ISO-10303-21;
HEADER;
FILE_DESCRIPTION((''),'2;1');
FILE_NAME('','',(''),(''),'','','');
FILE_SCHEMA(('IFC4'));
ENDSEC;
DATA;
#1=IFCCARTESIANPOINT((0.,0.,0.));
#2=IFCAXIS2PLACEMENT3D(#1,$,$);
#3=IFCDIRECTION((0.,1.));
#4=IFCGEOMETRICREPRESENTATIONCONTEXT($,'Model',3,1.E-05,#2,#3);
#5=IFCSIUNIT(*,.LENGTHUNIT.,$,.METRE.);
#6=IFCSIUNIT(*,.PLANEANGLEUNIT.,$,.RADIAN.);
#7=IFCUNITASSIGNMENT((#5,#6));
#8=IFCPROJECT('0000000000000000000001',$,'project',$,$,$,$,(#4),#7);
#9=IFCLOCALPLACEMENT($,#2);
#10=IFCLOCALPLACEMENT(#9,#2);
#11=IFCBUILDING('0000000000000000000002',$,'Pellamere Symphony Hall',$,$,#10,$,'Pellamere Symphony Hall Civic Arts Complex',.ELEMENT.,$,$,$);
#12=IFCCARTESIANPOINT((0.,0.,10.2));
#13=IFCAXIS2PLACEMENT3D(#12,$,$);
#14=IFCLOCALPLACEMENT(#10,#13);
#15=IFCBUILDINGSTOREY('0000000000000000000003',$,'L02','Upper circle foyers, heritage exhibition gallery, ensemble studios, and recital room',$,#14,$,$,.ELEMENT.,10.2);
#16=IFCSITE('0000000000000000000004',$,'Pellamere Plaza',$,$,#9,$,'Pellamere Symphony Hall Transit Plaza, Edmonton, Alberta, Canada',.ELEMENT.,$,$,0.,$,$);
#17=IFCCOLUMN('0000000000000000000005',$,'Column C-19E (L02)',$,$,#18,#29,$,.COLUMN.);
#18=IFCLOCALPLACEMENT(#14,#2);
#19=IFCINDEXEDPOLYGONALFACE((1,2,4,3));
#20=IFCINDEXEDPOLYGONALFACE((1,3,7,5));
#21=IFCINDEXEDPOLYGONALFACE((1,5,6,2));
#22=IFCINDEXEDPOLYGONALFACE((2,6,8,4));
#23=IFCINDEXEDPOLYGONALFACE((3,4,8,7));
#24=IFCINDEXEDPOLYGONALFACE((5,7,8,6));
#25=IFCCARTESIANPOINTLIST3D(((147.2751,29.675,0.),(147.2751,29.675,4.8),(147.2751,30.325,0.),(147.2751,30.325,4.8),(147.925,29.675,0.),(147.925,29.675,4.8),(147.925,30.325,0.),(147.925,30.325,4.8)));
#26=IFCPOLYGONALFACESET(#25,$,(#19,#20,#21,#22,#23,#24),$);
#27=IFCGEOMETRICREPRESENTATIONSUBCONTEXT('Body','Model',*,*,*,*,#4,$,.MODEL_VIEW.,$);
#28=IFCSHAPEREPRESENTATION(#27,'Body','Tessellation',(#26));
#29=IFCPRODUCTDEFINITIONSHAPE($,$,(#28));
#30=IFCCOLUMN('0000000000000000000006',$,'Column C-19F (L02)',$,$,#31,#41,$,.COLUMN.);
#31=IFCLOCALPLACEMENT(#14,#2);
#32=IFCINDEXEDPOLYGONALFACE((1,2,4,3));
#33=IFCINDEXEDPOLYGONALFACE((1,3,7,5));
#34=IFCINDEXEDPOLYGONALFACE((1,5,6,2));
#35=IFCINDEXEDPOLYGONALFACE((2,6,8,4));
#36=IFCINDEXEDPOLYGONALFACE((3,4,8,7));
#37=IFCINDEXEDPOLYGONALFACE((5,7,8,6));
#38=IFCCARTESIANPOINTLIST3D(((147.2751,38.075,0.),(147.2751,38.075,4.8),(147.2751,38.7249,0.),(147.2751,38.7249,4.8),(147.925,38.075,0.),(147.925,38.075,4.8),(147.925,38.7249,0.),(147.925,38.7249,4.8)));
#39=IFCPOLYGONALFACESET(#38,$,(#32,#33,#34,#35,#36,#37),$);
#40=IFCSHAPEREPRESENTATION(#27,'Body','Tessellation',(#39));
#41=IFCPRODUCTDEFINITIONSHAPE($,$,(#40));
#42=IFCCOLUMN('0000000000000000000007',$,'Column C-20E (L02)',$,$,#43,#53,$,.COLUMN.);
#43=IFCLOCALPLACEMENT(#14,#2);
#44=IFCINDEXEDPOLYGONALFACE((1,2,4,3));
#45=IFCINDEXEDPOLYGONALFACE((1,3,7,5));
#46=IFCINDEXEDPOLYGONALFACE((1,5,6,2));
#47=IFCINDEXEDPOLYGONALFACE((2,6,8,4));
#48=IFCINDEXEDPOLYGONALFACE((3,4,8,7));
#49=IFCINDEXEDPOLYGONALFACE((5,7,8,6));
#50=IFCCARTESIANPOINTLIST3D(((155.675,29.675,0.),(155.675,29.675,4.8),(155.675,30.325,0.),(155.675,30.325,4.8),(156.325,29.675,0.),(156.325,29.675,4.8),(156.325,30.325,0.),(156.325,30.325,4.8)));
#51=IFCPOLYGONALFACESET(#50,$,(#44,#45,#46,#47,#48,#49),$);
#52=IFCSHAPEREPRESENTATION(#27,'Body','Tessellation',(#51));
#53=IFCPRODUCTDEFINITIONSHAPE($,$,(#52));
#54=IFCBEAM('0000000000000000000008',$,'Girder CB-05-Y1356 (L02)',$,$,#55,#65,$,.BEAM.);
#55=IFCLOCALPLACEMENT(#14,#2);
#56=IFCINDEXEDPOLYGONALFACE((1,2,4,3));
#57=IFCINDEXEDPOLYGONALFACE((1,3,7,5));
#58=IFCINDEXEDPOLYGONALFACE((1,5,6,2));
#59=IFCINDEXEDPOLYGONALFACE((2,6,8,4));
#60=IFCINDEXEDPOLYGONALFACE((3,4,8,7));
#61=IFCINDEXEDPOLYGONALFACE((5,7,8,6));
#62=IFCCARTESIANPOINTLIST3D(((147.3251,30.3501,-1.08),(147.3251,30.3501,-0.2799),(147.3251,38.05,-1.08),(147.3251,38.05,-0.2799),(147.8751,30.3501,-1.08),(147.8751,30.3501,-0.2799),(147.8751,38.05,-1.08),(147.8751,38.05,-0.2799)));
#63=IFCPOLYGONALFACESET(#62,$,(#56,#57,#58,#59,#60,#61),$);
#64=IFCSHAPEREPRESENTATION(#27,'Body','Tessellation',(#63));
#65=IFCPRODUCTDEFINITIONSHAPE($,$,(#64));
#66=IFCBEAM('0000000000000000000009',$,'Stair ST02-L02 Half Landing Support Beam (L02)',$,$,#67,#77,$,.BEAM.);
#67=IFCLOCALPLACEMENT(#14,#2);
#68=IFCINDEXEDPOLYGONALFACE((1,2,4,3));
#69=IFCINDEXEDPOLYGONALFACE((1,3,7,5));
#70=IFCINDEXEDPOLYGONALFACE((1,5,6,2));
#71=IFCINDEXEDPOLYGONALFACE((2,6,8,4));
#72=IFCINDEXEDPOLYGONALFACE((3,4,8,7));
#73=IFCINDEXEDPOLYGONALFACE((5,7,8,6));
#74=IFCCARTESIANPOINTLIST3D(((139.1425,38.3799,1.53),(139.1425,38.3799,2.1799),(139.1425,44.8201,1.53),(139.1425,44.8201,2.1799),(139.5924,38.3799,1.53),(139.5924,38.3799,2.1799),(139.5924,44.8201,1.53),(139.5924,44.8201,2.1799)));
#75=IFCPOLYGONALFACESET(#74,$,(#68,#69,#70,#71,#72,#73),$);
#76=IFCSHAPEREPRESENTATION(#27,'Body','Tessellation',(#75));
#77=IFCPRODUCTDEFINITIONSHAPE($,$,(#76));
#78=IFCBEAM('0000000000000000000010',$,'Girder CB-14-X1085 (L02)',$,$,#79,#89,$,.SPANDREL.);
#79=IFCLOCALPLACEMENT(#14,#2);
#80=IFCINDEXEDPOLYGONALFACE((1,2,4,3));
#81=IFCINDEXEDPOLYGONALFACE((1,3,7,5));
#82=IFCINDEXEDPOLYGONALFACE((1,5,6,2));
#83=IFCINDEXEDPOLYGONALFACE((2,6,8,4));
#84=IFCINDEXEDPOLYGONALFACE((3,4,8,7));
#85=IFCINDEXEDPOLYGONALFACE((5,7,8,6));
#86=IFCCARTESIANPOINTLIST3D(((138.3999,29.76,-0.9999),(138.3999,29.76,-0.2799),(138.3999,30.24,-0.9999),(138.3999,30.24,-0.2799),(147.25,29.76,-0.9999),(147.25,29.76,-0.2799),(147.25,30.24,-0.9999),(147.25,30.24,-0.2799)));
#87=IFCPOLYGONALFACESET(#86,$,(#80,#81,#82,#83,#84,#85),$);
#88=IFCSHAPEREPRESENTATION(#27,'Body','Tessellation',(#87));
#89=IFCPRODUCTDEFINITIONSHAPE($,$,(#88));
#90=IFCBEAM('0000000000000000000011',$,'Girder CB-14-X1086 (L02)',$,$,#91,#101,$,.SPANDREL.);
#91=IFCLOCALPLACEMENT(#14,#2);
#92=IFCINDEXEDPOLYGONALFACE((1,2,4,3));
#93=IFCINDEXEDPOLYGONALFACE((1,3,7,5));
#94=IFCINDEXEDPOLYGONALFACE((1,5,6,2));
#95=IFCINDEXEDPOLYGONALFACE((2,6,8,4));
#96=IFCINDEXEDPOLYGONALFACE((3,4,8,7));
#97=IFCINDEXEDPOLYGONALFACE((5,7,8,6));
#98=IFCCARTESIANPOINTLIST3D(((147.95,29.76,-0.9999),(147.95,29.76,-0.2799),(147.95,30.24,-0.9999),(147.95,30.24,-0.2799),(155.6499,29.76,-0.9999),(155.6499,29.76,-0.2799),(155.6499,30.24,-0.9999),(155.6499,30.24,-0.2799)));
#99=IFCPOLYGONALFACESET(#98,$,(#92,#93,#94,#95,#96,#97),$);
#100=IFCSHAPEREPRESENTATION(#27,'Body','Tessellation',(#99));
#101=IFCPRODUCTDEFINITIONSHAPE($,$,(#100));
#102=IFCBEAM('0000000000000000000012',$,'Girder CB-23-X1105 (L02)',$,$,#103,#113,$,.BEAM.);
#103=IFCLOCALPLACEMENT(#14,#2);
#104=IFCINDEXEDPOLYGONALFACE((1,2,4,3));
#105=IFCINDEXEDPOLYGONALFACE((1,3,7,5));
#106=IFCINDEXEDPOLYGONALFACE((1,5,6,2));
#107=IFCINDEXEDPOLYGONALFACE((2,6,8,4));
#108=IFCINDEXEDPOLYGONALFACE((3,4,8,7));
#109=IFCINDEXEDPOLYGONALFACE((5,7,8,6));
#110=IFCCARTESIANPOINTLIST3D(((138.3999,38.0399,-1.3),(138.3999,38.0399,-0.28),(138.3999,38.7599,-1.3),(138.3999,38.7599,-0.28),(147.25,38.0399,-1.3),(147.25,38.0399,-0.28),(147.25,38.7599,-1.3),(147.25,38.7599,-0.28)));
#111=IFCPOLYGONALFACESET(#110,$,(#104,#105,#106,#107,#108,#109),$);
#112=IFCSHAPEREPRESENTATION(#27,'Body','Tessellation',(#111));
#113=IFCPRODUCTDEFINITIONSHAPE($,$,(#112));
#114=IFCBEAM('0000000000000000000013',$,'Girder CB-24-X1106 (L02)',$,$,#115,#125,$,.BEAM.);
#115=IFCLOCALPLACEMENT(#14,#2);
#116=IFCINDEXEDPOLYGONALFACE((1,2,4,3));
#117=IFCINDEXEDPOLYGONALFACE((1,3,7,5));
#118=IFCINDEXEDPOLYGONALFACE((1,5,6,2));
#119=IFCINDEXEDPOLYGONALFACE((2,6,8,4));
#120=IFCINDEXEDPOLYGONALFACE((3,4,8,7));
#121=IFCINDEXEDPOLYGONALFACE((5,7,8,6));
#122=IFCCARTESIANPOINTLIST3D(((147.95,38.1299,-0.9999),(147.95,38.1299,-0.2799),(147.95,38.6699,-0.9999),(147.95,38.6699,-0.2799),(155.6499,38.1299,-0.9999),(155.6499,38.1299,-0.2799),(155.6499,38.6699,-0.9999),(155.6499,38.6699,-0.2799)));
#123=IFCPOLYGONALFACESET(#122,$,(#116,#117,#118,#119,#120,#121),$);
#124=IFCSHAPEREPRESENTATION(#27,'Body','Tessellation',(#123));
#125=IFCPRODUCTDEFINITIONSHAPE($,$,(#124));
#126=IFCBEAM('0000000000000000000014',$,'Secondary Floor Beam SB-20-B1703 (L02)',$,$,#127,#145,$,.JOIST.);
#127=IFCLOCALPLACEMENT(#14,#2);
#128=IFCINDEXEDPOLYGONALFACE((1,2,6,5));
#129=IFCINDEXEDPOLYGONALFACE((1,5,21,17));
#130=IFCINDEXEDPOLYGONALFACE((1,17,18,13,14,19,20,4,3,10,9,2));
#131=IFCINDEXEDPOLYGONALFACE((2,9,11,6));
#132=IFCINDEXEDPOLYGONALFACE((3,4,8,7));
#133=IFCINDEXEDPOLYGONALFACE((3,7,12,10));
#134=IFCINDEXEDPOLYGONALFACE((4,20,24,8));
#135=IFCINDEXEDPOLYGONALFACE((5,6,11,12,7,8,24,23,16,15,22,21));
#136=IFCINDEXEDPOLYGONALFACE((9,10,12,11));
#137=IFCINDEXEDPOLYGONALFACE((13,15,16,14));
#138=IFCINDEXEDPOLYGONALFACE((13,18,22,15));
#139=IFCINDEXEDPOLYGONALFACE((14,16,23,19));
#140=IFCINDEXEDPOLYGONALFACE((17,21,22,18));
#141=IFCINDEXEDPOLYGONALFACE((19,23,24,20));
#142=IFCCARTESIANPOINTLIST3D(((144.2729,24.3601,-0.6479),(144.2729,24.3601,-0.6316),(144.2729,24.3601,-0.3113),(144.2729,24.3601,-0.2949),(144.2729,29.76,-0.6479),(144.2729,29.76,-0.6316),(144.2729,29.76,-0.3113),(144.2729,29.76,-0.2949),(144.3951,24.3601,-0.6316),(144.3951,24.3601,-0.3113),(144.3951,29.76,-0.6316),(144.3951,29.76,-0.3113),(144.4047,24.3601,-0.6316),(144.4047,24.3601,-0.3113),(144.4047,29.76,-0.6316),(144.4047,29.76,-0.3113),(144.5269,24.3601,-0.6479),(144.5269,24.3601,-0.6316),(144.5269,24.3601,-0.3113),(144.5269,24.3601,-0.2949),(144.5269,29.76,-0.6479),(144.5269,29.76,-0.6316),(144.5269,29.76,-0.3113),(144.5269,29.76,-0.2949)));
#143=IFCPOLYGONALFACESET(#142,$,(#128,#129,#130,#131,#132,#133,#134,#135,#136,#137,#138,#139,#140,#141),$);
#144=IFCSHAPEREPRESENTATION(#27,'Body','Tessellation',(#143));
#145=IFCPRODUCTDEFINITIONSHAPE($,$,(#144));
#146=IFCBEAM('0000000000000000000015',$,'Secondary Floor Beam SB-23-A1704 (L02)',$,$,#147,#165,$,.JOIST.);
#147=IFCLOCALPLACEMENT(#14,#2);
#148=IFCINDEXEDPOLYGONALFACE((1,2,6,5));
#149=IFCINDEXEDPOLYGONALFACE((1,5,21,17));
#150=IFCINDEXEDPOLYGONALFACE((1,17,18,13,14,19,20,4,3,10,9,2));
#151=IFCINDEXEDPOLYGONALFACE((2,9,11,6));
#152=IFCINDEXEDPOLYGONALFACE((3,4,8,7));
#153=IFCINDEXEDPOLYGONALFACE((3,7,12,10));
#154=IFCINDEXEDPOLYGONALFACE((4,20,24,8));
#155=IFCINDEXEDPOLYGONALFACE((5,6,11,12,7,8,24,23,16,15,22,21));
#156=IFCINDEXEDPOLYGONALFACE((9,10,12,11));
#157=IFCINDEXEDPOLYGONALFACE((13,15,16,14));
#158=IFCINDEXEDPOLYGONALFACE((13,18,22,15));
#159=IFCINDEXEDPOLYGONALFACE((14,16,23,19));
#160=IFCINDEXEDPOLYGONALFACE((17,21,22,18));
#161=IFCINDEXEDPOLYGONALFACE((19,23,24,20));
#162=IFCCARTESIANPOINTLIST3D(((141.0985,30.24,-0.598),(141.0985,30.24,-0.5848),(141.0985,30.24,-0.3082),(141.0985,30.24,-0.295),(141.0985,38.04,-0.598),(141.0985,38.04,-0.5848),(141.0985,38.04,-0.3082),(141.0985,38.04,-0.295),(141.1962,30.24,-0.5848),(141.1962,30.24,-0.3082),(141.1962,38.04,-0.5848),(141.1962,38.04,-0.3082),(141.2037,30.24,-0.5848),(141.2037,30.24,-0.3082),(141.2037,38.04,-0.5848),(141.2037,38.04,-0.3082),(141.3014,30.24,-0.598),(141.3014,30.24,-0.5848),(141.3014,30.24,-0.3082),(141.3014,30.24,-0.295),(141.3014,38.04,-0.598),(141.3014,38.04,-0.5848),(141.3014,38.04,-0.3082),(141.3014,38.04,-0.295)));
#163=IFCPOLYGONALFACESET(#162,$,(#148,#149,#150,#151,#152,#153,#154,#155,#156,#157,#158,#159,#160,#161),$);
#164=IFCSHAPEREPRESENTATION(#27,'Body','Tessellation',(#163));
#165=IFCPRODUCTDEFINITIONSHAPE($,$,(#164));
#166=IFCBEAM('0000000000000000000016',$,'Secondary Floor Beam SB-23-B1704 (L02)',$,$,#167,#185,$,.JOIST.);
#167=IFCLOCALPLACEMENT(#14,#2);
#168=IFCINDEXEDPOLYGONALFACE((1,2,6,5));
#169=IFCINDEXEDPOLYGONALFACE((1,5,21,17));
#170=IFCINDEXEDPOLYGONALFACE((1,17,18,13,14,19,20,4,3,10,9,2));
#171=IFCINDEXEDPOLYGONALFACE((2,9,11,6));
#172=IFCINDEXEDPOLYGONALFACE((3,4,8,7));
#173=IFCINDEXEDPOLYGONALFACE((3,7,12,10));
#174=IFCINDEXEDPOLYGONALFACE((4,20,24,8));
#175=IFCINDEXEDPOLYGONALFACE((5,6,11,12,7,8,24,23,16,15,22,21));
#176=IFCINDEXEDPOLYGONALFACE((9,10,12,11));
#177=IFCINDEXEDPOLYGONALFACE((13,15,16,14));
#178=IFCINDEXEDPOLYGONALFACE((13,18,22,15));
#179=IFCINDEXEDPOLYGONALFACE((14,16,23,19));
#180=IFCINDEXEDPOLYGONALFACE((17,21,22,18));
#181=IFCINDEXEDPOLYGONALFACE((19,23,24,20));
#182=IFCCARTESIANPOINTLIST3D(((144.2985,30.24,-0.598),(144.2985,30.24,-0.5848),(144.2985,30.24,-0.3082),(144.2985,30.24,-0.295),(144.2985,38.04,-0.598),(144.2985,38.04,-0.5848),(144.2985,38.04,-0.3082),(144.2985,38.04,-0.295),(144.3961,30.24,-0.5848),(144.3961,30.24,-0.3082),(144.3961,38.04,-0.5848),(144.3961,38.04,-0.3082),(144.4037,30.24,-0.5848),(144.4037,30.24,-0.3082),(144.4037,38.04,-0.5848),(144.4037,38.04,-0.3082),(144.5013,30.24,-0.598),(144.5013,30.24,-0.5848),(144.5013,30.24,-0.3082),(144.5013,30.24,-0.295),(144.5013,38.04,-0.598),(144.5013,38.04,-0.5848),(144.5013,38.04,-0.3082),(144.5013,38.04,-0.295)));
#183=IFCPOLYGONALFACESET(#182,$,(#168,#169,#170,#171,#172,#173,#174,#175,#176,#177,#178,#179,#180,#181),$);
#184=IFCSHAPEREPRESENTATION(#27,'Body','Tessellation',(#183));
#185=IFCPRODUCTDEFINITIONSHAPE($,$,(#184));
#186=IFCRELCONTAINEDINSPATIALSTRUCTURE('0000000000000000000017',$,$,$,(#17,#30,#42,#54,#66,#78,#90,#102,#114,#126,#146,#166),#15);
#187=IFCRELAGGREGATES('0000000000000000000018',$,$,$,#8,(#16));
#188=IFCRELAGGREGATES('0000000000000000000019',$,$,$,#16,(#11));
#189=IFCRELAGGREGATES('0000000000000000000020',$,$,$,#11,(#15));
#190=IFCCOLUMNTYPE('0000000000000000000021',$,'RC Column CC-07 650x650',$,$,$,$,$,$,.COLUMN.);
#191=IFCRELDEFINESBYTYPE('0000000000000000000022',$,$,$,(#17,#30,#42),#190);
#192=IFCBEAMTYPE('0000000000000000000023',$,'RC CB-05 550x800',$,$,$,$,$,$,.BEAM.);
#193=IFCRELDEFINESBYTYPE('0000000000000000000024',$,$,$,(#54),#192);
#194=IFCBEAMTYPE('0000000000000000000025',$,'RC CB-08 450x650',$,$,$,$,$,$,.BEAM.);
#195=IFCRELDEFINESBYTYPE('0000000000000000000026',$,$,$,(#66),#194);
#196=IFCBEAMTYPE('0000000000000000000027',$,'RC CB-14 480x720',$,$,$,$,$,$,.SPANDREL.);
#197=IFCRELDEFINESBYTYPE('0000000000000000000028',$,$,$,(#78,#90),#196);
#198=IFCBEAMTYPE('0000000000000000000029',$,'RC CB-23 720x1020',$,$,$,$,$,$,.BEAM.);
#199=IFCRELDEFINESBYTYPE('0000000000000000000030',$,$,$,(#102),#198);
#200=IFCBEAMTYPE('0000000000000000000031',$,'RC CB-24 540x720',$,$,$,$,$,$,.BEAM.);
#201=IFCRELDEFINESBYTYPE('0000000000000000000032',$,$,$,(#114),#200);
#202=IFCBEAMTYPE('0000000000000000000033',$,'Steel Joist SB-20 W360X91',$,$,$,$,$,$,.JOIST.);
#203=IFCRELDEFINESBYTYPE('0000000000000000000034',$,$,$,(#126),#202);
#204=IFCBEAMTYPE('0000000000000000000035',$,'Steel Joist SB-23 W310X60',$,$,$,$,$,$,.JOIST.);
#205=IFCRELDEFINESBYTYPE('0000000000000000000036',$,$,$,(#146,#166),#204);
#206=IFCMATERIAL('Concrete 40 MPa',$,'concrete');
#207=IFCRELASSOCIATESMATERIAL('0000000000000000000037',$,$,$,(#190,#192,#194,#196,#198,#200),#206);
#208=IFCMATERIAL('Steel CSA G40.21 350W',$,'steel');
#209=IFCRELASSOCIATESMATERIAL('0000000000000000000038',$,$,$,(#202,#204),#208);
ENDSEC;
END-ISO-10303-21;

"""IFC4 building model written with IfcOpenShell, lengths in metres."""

from ifc_helpers import new_model, si_unit, direction, frame, origin, origin_2d, place, context, subcontext, project, spatial, rectangle, i_section, extrude, material, material_profile, profile_set, type_object, element, save


model = new_model("IFC4")

# Units and contexts
model_context = context("Model", 3, precision=1e-05, world=origin(), true_north=direction((0.0, 1.0)))
body_context = subcontext(model_context, "Body", "Model", "MODEL_VIEW")
ifc_project = project(units=[si_unit("LENGTHUNIT", "METRE"), si_unit("PLANEANGLEUNIT", "RADIAN")], contexts=[model_context])

# Site, building, storey
site_placement = place(None, origin())
site = spatial("IfcSite", under=ifc_project, at=site_placement, Name="Pellamere Plaza", LongName="Pellamere Symphony Hall Transit Plaza, Edmonton, Alberta, Canada", CompositionType="ELEMENT", RefElevation=0.0)
building_placement = place(site_placement, origin())
building = spatial("IfcBuilding", under=site, at=building_placement, Name="Pellamere Symphony Hall", LongName="Pellamere Symphony Hall Civic Arts Complex", CompositionType="ELEMENT")
storey_placement = place(building_placement, frame((0.0, 0.0, 10.2)))
storey = spatial("IfcBuildingStorey", under=building, at=storey_placement, Name="L02", Description="Upper circle foyers, heritage exhibition gallery, ensemble studios, and recital room", CompositionType="ELEMENT", Elevation=10.2)

# Columns
ifc_material_1 = material(Name="Concrete 40 MPa", Category="concrete")
ifc_material_profile_1 = material_profile(ifc_material_1, rectangle(XDim=0.6499, YDim=0.6499, at=origin_2d()), Name="RC 650x650")
ifc_profile_set_1 = profile_set([ifc_material_profile_1], Name="Concrete 40 MPa")
column_type = type_object("IfcColumnType", Name="RC Column CC-07 650x650", PredefinedType="COLUMN", material=ifc_profile_set_1)
for number, where, z_axis, x_axis, name in (
    (1, (147.6001, 30.0, 0.0), (0.0, 0.0, 1.0), (1.0, 0.0, 0.0), "Column C-19E (L02)"),
    (2, (147.6001, 38.3999, 0.0), (0.0, 0.0, 1.0), (1.0, 0.0, 0.0), "Column C-19F (L02)"),
    (3, (156.0, 30.0, 0.0), (0.0, 0.0, 1.0), (1.0, 0.0, 0.0), "Column C-20E (L02)"),
):
    element("IfcColumn", number, at=place(storey_placement, frame(where, z_axis=z_axis, x_axis=x_axis)), inside=storey, type_object=column_type, Name=name, PredefinedType="COLUMN", context=body_context, shape_type="SweptSolid", body=[
        extrude(rectangle(XDim=0.6499, YDim=0.6499, at=origin_2d()), origin(), (0.0, 0.0, 1.0), 4.8),
    ])

# Beams
ifc_material_profile_2 = material_profile(ifc_material_1, rectangle(XDim=0.55, YDim=0.8, at=origin_2d()), Name="RC 550x800")
ifc_profile_set_2 = profile_set([ifc_material_profile_2], Name="Concrete 40 MPa")
beam_type_1 = type_object("IfcBeamType", Name="RC CB-05 550x800", PredefinedType="BEAM", material=ifc_profile_set_2)
beam_1_placement = place(storey_placement, frame((147.6001, 30.3501, -0.6799), z_axis=(0.0, 1.0, 0.0), x_axis=(-1.0, 0.0, 0.0)))
element("IfcBeam", 4, at=beam_1_placement, inside=storey, type_object=beam_type_1, Name="Girder CB-05-Y1356 (L02)", PredefinedType="BEAM", context=body_context, shape_type="SweptSolid", body=[
    extrude(rectangle(XDim=0.55, YDim=0.8, at=origin_2d()), origin(), (0.0, 0.0, 1.0), 7.7),
])
ifc_material_profile_3 = material_profile(ifc_material_1, rectangle(XDim=0.45, YDim=0.6499, at=origin_2d()), Name="RC 450x650")
ifc_profile_set_3 = profile_set([ifc_material_profile_3], Name="Concrete 40 MPa")
beam_type_2 = type_object("IfcBeamType", Name="RC CB-08 450x650", PredefinedType="BEAM", material=ifc_profile_set_3)
beam_2_placement = place(storey_placement, frame((139.3674, 38.3799, 1.855), z_axis=(0.0, 1.0, 0.0), x_axis=(-1.0, 0.0, 0.0)))
element("IfcBeam", 5, at=beam_2_placement, inside=storey, type_object=beam_type_2, Name="Stair ST02-L02 Half Landing Support Beam (L02)", PredefinedType="BEAM", context=body_context, shape_type="SweptSolid", body=[
    extrude(rectangle(XDim=0.45, YDim=0.6499, at=origin_2d()), origin(), (0.0, 0.0, 1.0), 6.4402),
])
ifc_material_profile_4 = material_profile(ifc_material_1, rectangle(XDim=0.48, YDim=0.72, at=origin_2d()), Name="RC 480x720")
ifc_profile_set_4 = profile_set([ifc_material_profile_4], Name="Concrete 40 MPa")
beam_type_3 = type_object("IfcBeamType", Name="RC CB-14 480x720", PredefinedType="SPANDREL", material=ifc_profile_set_4)
beam_3_placement = place(storey_placement, frame((138.3999, 30.0, -0.6399), z_axis=(1.0, 0.0, 0.0), x_axis=(0.0, 1.0, 0.0)))
element("IfcBeam", 6, at=beam_3_placement, inside=storey, type_object=beam_type_3, Name="Girder CB-14-X1085 (L02)", PredefinedType="SPANDREL", context=body_context, shape_type="SweptSolid", body=[
    extrude(rectangle(XDim=0.48, YDim=0.72, at=origin_2d()), origin(), (0.0, 0.0, 1.0), 8.8501),
])
beam_4_placement = place(storey_placement, frame((147.95, 30.0, -0.6399), z_axis=(1.0, 0.0, 0.0), x_axis=(0.0, 1.0, 0.0)))
element("IfcBeam", 7, at=beam_4_placement, inside=storey, type_object=beam_type_3, Name="Girder CB-14-X1086 (L02)", PredefinedType="SPANDREL", context=body_context, shape_type="SweptSolid", body=[
    extrude(rectangle(XDim=0.48, YDim=0.72, at=origin_2d()), origin(), (0.0, 0.0, 1.0), 7.7),
])
ifc_material_profile_5 = material_profile(ifc_material_1, rectangle(XDim=0.72, YDim=1.02, at=origin_2d()), Name="RC 720x1020")
ifc_profile_set_5 = profile_set([ifc_material_profile_5], Name="Concrete 40 MPa")
beam_type_4 = type_object("IfcBeamType", Name="RC CB-23 720x1020", PredefinedType="BEAM", material=ifc_profile_set_5)
beam_5_placement = place(storey_placement, frame((138.3999, 38.3999, -0.79), z_axis=(1.0, 0.0, 0.0), x_axis=(0.0, 1.0, 0.0)))
element("IfcBeam", 8, at=beam_5_placement, inside=storey, type_object=beam_type_4, Name="Girder CB-23-X1105 (L02)", PredefinedType="BEAM", context=body_context, shape_type="SweptSolid", body=[
    extrude(rectangle(XDim=0.72, YDim=1.02, at=origin_2d()), origin(), (0.0, 0.0, 1.0), 8.8501),
])
ifc_material_profile_6 = material_profile(ifc_material_1, rectangle(XDim=0.54, YDim=0.72, at=origin_2d()), Name="RC 540x720")
ifc_profile_set_6 = profile_set([ifc_material_profile_6], Name="Concrete 40 MPa")
beam_type_5 = type_object("IfcBeamType", Name="RC CB-24 540x720", PredefinedType="BEAM", material=ifc_profile_set_6)
beam_6_placement = place(storey_placement, frame((147.95, 38.3999, -0.6399), z_axis=(1.0, 0.0, 0.0), x_axis=(0.0, 1.0, 0.0)))
element("IfcBeam", 9, at=beam_6_placement, inside=storey, type_object=beam_type_5, Name="Girder CB-24-X1106 (L02)", PredefinedType="BEAM", context=body_context, shape_type="SweptSolid", body=[
    extrude(rectangle(XDim=0.54, YDim=0.72, at=origin_2d()), origin(), (0.0, 0.0, 1.0), 7.7),
])
ifc_material_2 = material(Name="Steel CSA G40.21 350W", Category="steel")
ifc_material_profile_7 = material_profile(ifc_material_2, i_section(OverallWidth=0.2539, OverallDepth=0.353, WebThickness=0.0095, FlangeThickness=0.0164, at=origin_2d()), Name="W360X91")
ifc_profile_set_7 = profile_set([ifc_material_profile_7], Name="Steel CSA G40.21 350W")
beam_type_6 = type_object("IfcBeamType", Name="Steel Joist SB-20 W360X91", PredefinedType="JOIST", material=ifc_profile_set_7)
beam_7_placement = place(storey_placement, frame((144.3999, 24.3601, -0.4714), z_axis=(0.0, 1.0, 0.0), x_axis=(-1.0, 0.0, 0.0)))
element("IfcBeam", 10, at=beam_7_placement, inside=storey, type_object=beam_type_6, Name="Secondary Floor Beam SB-20-B1703 (L02)", PredefinedType="JOIST", context=body_context, shape_type="SweptSolid", body=[
    extrude(i_section(OverallWidth=0.2539, OverallDepth=0.353, WebThickness=0.0095, FlangeThickness=0.0164, at=origin_2d()), origin(), (0.0, 0.0, 1.0), 5.3999),
])
ifc_material_profile_8 = material_profile(ifc_material_2, i_section(OverallWidth=0.2029, OverallDepth=0.303, WebThickness=0.0076, FlangeThickness=0.0132, at=origin_2d()), Name="W310X60")
ifc_profile_set_8 = profile_set([ifc_material_profile_8], Name="Steel CSA G40.21 350W")
beam_type_7 = type_object("IfcBeamType", Name="Steel Joist SB-23 W310X60", PredefinedType="JOIST", material=ifc_profile_set_8)
for number, where, z_axis, x_axis, name in (
    (11, (141.2, 30.24, -0.4465), (0.0, 1.0, 0.0), (-1.0, 0.0, 0.0), "Secondary Floor Beam SB-23-A1704 (L02)"),
    (12, (144.3999, 30.24, -0.4465), (0.0, 1.0, 0.0), (-1.0, 0.0, 0.0), "Secondary Floor Beam SB-23-B1704 (L02)"),
):
    element("IfcBeam", number, at=place(storey_placement, frame(where, z_axis=z_axis, x_axis=x_axis)), inside=storey, type_object=beam_type_7, Name=name, PredefinedType="JOIST", context=body_context, shape_type="SweptSolid", body=[
        extrude(i_section(OverallWidth=0.2029, OverallDepth=0.303, WebThickness=0.0076, FlangeThickness=0.0132, at=origin_2d()), origin(), (0.0, 0.0, 1.0), 7.8),
    ])

save(model, "model.ifc")
